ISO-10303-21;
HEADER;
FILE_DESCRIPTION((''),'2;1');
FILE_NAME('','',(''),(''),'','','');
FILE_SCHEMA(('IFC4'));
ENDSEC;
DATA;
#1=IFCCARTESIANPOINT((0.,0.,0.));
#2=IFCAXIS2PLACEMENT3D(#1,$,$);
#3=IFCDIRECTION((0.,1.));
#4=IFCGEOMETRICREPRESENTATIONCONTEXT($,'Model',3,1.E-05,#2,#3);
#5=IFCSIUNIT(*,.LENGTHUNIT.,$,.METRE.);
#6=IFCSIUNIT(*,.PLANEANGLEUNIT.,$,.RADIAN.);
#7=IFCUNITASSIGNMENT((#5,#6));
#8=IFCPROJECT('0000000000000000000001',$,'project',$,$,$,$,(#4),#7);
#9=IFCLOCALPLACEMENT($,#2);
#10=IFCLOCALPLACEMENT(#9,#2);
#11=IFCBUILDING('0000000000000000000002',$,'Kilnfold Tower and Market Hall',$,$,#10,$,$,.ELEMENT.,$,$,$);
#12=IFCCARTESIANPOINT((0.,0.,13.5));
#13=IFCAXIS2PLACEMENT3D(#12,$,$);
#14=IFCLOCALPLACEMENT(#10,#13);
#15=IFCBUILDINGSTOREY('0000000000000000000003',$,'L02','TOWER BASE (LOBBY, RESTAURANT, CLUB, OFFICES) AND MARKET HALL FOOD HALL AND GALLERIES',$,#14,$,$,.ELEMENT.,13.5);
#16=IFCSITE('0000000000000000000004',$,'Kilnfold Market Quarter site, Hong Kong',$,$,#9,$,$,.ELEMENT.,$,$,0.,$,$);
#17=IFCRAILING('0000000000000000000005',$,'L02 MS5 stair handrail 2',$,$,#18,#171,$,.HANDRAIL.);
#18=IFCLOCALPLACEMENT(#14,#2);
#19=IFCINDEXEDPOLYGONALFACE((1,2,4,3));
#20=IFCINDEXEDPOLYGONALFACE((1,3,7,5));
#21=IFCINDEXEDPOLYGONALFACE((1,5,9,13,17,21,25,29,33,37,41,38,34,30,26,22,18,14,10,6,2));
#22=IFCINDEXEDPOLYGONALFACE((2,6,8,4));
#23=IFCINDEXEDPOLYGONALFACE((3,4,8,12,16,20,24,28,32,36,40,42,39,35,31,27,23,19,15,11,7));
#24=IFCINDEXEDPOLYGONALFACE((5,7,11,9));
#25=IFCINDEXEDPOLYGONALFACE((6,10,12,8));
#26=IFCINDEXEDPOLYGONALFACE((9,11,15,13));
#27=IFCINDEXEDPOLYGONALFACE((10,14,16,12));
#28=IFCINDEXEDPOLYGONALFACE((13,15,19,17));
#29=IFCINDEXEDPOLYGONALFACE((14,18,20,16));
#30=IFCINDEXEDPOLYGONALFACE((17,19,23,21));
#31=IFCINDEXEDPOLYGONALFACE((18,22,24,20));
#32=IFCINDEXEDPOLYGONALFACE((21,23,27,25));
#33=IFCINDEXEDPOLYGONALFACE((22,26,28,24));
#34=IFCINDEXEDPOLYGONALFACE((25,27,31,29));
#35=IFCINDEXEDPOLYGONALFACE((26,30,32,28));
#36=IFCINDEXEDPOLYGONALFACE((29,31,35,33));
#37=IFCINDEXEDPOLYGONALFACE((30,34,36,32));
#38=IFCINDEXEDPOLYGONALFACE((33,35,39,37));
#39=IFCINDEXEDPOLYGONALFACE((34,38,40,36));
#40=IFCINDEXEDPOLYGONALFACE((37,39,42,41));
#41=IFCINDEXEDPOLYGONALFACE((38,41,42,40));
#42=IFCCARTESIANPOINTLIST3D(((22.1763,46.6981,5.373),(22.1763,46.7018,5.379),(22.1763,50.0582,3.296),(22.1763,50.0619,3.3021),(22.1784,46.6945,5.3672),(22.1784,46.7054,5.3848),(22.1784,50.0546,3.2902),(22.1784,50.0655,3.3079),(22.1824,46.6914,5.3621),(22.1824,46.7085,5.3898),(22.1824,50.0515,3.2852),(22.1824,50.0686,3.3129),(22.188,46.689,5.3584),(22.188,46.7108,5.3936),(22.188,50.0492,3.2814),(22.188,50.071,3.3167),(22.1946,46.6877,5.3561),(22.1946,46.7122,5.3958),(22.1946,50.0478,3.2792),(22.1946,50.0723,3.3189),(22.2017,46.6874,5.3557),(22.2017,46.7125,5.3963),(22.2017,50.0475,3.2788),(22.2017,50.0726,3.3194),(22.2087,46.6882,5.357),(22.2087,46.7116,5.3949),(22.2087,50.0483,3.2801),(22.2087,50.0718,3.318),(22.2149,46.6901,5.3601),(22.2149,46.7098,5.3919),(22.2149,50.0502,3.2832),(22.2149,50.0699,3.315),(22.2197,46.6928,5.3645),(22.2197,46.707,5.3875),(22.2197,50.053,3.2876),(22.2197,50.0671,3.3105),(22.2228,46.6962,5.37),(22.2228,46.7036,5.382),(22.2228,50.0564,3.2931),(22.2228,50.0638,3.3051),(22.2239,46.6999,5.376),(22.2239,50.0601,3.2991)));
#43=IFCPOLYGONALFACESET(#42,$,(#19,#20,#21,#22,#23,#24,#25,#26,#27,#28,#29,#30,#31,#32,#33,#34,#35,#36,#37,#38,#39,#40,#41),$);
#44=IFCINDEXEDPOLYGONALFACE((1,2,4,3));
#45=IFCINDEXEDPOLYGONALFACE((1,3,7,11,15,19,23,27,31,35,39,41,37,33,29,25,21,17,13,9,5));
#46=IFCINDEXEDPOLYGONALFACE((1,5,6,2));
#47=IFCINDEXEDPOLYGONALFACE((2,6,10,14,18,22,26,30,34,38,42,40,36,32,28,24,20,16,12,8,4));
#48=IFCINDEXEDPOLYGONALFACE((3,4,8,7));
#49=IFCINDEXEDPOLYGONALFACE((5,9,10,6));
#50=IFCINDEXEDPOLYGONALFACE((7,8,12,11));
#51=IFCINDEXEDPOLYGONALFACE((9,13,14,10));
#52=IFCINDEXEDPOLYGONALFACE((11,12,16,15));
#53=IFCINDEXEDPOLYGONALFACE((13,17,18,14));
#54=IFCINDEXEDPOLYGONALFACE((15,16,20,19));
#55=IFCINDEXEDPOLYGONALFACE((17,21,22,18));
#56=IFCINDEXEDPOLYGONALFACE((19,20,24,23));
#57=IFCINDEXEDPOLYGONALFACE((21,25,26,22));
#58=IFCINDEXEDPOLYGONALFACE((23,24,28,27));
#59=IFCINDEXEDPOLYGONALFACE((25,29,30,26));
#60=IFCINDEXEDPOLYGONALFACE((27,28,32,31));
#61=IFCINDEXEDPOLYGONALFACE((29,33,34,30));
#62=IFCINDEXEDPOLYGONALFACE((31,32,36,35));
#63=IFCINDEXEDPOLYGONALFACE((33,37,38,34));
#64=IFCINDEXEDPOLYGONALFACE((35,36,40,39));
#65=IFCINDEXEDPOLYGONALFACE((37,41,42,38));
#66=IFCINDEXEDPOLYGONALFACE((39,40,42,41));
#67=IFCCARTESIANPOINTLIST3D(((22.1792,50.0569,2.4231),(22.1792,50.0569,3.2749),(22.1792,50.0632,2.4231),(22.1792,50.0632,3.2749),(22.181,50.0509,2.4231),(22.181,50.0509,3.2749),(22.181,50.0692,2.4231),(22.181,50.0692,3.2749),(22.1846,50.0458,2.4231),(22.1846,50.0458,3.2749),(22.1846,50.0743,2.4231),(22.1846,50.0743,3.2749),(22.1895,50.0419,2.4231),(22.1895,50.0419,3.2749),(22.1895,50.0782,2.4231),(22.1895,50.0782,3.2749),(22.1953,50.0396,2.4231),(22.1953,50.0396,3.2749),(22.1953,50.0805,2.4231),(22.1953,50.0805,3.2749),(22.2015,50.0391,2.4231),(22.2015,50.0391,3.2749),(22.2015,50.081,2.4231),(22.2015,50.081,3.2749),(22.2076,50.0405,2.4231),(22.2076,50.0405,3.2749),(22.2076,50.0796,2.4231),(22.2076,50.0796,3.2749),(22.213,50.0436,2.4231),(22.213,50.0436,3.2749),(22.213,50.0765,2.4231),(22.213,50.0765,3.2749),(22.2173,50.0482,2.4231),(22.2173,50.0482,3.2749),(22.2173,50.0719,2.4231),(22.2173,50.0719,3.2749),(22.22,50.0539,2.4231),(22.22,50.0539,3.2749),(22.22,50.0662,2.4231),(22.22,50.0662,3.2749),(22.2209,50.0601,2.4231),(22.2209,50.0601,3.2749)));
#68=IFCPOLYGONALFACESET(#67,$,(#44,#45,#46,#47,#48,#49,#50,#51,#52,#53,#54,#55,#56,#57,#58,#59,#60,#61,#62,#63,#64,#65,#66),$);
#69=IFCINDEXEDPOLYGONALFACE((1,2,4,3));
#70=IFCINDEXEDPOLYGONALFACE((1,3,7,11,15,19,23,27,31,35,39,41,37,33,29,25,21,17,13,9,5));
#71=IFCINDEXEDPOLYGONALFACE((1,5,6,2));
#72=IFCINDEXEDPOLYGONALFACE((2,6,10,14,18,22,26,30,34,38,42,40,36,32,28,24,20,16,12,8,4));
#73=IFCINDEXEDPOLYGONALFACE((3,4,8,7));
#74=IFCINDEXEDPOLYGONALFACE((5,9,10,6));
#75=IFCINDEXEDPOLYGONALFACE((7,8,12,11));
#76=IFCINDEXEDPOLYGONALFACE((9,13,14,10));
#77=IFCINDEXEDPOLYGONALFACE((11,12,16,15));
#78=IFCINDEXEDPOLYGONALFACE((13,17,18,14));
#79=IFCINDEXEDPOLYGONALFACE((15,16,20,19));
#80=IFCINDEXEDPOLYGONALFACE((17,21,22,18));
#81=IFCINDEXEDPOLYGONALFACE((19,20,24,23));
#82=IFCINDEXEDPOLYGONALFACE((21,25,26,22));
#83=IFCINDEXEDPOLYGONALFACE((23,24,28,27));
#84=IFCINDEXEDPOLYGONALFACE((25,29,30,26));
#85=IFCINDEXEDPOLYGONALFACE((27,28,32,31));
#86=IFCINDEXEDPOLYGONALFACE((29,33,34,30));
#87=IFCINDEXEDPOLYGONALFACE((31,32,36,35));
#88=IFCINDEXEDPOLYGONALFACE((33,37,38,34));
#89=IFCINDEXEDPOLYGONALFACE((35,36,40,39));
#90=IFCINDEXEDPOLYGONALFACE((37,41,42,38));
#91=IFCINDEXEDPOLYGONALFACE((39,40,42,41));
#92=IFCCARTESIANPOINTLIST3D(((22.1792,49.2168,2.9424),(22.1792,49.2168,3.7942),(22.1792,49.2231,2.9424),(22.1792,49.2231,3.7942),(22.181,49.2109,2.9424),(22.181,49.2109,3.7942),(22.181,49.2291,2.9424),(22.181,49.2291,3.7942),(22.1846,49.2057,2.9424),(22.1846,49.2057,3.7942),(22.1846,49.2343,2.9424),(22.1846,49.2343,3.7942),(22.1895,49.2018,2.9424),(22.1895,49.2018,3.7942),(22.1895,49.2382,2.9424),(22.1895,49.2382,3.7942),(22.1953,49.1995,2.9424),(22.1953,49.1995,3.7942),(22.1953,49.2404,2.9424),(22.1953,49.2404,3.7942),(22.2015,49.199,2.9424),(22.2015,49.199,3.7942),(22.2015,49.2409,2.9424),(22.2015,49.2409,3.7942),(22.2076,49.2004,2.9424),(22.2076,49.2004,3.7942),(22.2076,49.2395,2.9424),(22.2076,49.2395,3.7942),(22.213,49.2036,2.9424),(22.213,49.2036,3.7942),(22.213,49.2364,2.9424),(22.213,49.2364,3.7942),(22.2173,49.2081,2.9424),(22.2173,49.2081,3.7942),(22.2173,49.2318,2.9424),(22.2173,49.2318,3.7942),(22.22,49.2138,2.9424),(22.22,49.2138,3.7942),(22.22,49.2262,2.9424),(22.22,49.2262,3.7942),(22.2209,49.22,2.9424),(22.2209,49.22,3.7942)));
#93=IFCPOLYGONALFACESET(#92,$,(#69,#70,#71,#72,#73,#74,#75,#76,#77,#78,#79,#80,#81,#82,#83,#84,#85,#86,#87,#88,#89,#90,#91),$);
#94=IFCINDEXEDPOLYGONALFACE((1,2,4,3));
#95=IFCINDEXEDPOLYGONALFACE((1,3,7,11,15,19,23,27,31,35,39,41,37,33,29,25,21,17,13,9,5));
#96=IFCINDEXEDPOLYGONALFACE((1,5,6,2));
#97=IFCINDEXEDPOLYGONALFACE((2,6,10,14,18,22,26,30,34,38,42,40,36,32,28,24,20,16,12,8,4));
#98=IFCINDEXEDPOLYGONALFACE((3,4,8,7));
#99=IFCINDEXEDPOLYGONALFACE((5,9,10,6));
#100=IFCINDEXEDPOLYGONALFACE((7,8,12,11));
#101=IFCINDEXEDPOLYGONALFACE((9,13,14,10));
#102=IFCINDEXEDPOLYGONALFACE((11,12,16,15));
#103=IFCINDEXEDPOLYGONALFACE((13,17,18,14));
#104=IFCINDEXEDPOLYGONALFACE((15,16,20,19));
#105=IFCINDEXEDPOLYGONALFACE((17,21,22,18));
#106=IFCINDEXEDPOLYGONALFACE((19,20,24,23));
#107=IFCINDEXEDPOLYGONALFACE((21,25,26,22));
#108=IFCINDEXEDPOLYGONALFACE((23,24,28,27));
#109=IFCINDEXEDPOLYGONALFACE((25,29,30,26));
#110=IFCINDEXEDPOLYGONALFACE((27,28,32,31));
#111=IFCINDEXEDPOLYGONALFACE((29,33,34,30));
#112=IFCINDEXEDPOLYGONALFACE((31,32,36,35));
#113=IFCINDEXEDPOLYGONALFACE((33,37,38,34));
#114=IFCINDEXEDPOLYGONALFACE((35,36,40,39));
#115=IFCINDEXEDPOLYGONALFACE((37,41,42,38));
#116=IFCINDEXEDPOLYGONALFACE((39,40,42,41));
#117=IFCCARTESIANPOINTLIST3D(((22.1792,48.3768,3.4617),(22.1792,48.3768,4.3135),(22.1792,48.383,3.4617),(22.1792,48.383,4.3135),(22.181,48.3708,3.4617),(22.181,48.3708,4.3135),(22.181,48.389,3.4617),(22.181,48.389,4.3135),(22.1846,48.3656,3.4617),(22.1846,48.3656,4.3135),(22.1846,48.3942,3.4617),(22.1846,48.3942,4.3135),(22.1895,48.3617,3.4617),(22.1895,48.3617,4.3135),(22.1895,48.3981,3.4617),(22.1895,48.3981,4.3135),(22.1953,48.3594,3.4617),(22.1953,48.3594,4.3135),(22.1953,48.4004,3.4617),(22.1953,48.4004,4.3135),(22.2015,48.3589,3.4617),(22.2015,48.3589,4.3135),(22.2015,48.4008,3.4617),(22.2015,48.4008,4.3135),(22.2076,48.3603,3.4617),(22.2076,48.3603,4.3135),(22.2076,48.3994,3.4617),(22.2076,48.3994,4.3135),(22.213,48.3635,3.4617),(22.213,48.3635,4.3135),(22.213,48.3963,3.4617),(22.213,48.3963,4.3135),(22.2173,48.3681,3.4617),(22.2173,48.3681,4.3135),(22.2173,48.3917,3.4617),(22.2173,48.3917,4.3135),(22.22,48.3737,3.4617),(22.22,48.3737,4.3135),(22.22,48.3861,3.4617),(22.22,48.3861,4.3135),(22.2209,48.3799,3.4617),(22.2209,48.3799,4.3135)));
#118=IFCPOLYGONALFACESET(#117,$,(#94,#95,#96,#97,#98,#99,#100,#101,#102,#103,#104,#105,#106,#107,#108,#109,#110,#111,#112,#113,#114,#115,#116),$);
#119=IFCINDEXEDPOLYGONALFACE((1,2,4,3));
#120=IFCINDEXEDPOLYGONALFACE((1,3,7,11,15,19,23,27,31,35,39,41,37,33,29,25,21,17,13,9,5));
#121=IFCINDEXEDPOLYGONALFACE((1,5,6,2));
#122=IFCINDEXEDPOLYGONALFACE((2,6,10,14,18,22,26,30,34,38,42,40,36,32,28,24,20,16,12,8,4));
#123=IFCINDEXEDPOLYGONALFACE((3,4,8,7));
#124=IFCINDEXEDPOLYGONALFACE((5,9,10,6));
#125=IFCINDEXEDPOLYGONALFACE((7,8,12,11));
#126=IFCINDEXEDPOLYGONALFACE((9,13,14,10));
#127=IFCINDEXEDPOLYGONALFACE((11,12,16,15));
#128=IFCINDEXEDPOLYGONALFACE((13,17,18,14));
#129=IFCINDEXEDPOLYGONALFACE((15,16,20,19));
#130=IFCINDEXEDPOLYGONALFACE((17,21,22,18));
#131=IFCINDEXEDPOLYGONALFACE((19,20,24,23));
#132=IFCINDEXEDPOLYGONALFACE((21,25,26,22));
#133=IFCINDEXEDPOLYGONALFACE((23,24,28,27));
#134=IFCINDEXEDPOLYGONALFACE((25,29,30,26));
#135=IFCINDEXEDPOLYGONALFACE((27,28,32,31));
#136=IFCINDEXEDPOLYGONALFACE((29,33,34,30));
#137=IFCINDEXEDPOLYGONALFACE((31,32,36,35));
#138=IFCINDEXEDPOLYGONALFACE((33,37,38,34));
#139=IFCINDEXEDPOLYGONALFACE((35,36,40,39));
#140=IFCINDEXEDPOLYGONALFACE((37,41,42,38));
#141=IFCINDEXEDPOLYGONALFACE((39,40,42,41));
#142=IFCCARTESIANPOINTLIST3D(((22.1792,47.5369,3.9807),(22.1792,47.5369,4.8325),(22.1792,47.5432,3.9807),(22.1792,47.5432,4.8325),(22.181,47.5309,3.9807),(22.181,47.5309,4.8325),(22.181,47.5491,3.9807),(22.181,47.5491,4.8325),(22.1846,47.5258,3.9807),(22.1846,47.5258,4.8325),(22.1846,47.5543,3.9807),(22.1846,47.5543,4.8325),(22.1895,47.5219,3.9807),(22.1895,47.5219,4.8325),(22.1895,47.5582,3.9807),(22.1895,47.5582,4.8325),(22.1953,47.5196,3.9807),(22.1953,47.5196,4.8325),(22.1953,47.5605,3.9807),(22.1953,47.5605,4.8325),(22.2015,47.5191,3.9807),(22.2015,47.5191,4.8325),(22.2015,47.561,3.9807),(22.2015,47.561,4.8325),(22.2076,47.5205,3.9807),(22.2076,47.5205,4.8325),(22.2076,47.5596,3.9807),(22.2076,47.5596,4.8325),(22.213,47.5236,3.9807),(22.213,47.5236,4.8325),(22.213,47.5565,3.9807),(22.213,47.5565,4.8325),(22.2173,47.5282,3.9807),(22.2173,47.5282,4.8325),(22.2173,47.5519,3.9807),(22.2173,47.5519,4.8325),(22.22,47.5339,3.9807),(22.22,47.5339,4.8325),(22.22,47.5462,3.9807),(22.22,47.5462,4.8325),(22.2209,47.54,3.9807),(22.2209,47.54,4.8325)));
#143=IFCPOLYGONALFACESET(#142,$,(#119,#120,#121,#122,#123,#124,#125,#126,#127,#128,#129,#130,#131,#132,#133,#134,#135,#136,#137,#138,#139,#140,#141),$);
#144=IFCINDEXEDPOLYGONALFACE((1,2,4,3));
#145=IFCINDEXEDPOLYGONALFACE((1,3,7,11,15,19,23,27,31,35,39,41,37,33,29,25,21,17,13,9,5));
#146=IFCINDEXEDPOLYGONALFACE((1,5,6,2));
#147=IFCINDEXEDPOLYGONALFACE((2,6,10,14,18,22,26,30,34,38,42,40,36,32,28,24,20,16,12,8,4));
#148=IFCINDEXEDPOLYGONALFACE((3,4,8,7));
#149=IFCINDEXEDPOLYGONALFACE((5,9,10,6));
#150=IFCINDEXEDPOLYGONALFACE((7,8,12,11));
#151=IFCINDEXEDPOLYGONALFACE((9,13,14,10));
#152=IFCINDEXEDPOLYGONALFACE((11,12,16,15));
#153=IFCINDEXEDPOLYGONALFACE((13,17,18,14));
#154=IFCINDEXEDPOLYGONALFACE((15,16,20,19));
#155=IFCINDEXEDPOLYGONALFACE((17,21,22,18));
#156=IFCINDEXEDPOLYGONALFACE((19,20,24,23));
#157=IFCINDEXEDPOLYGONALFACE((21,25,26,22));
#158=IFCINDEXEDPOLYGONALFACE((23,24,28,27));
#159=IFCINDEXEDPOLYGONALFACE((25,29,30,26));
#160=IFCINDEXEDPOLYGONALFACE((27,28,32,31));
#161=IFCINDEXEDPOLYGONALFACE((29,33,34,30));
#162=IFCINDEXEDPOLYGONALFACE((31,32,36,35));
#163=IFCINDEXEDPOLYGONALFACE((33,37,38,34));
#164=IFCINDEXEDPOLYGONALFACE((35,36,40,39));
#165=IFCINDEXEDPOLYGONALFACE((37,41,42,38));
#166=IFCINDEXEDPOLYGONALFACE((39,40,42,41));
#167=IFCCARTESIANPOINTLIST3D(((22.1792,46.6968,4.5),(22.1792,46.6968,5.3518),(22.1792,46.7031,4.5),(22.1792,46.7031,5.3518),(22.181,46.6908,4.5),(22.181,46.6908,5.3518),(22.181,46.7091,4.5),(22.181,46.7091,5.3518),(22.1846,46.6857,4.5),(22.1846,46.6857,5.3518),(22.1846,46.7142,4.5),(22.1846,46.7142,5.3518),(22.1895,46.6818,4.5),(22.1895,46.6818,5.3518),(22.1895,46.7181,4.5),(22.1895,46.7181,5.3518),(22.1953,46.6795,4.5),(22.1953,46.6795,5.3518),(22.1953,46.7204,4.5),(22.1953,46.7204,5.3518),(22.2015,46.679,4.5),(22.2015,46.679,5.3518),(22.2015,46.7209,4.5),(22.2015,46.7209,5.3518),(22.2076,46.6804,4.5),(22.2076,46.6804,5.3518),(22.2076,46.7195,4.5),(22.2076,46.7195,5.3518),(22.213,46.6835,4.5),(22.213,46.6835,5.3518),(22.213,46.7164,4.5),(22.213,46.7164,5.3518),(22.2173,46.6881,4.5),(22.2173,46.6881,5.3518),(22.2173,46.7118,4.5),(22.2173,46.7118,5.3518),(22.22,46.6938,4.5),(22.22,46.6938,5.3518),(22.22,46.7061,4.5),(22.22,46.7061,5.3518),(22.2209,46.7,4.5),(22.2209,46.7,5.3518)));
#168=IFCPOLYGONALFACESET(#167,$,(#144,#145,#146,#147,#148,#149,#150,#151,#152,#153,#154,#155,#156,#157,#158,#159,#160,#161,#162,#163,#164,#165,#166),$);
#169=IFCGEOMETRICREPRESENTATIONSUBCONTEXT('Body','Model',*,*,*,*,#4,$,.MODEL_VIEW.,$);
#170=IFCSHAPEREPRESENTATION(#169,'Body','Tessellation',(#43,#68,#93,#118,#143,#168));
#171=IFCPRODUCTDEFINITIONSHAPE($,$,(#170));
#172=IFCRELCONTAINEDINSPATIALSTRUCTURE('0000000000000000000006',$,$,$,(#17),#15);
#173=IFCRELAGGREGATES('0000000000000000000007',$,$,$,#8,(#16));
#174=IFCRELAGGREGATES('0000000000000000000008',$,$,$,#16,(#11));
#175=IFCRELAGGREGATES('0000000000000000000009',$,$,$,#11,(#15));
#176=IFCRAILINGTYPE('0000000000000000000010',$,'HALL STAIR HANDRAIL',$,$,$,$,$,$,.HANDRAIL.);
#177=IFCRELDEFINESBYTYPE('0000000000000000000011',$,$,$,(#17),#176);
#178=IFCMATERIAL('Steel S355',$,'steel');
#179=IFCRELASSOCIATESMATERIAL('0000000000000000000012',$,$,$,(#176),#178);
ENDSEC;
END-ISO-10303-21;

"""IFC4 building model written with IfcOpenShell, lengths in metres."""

from ifc_helpers import new_model, si_unit, direction, frame, origin, origin_2d, place, context, subcontext, project, spatial, circle, extrude, material, type_object, element, save


model = new_model("IFC4")

# Units and contexts
model_context = context("Model", 3, precision=1e-05, world=origin(), true_north=direction((0.0, 1.0)))
body_context = subcontext(model_context, "Body", "Model", "MODEL_VIEW")
ifc_project = project(units=[si_unit("LENGTHUNIT", "METRE"), si_unit("PLANEANGLEUNIT", "RADIAN")], contexts=[model_context])

# Site, building, storey
site_placement = place(None, origin())
site = spatial("IfcSite", under=ifc_project, at=site_placement, Name="Kilnfold Market Quarter site, Hong Kong", CompositionType="ELEMENT", RefElevation=0.0)
building_placement = place(site_placement, origin())
building = spatial("IfcBuilding", under=site, at=building_placement, Name="Kilnfold Tower and Market Hall", CompositionType="ELEMENT")
storey_placement = place(building_placement, frame((0.0, 0.0, 13.5)))
storey = spatial("IfcBuildingStorey", under=building, at=storey_placement, Name="L02", Description="TOWER BASE (LOBBY, RESTAURANT, CLUB, OFFICES) AND MARKET HALL FOOD HALL AND GALLERIES", CompositionType="ELEMENT", Elevation=13.5)

# Railing
ifc_material_1 = material(Name="Steel S355", Category="steel")
railing_type_1 = type_object("IfcRailingType", Name="HALL STAIR HANDRAIL", PredefinedType="HANDRAIL", material=ifc_material_1)
railing_1_placement = place(storey_placement, frame((22.2, 50.0601, 2.4231)))
element("IfcRailing", 1, at=railing_1_placement, inside=storey, type_object=railing_type_1, Name="L02 MS5 stair handrail 2", PredefinedType="HANDRAIL", context=body_context, shape_type="SweptSolid", body=[
    extrude(circle(Radius=0.0239, at=origin_2d()), frame((0.0, 0.0, 0.876), z_axis=(0.0, -0.850623, 0.525776), x_axis=(1.0, 0.0, 0.0)), (0.0, 0.0, 1.0), 3.9502),
    extrude(circle(Radius=0.021, at=origin_2d()), origin(), (0.0, 0.0, 1.0), 0.8518),
    extrude(circle(Radius=0.021, at=origin_2d()), frame((0.0, -0.8401, 0.5193)), (0.0, 0.0, 1.0), 0.8518),
    extrude(circle(Radius=0.021, at=origin_2d()), frame((0.0, -1.6802, 1.0386)), (0.0, 0.0, 1.0), 0.8518),
    extrude(circle(Radius=0.021, at=origin_2d()), frame((0.0, -2.52, 1.5576)), (0.0, 0.0, 1.0), 0.8518),
    extrude(circle(Radius=0.021, at=origin_2d()), frame((0.0, -3.3601, 2.0769)), (0.0, 0.0, 1.0), 0.8518),
])

save(model, "model.ifc")
